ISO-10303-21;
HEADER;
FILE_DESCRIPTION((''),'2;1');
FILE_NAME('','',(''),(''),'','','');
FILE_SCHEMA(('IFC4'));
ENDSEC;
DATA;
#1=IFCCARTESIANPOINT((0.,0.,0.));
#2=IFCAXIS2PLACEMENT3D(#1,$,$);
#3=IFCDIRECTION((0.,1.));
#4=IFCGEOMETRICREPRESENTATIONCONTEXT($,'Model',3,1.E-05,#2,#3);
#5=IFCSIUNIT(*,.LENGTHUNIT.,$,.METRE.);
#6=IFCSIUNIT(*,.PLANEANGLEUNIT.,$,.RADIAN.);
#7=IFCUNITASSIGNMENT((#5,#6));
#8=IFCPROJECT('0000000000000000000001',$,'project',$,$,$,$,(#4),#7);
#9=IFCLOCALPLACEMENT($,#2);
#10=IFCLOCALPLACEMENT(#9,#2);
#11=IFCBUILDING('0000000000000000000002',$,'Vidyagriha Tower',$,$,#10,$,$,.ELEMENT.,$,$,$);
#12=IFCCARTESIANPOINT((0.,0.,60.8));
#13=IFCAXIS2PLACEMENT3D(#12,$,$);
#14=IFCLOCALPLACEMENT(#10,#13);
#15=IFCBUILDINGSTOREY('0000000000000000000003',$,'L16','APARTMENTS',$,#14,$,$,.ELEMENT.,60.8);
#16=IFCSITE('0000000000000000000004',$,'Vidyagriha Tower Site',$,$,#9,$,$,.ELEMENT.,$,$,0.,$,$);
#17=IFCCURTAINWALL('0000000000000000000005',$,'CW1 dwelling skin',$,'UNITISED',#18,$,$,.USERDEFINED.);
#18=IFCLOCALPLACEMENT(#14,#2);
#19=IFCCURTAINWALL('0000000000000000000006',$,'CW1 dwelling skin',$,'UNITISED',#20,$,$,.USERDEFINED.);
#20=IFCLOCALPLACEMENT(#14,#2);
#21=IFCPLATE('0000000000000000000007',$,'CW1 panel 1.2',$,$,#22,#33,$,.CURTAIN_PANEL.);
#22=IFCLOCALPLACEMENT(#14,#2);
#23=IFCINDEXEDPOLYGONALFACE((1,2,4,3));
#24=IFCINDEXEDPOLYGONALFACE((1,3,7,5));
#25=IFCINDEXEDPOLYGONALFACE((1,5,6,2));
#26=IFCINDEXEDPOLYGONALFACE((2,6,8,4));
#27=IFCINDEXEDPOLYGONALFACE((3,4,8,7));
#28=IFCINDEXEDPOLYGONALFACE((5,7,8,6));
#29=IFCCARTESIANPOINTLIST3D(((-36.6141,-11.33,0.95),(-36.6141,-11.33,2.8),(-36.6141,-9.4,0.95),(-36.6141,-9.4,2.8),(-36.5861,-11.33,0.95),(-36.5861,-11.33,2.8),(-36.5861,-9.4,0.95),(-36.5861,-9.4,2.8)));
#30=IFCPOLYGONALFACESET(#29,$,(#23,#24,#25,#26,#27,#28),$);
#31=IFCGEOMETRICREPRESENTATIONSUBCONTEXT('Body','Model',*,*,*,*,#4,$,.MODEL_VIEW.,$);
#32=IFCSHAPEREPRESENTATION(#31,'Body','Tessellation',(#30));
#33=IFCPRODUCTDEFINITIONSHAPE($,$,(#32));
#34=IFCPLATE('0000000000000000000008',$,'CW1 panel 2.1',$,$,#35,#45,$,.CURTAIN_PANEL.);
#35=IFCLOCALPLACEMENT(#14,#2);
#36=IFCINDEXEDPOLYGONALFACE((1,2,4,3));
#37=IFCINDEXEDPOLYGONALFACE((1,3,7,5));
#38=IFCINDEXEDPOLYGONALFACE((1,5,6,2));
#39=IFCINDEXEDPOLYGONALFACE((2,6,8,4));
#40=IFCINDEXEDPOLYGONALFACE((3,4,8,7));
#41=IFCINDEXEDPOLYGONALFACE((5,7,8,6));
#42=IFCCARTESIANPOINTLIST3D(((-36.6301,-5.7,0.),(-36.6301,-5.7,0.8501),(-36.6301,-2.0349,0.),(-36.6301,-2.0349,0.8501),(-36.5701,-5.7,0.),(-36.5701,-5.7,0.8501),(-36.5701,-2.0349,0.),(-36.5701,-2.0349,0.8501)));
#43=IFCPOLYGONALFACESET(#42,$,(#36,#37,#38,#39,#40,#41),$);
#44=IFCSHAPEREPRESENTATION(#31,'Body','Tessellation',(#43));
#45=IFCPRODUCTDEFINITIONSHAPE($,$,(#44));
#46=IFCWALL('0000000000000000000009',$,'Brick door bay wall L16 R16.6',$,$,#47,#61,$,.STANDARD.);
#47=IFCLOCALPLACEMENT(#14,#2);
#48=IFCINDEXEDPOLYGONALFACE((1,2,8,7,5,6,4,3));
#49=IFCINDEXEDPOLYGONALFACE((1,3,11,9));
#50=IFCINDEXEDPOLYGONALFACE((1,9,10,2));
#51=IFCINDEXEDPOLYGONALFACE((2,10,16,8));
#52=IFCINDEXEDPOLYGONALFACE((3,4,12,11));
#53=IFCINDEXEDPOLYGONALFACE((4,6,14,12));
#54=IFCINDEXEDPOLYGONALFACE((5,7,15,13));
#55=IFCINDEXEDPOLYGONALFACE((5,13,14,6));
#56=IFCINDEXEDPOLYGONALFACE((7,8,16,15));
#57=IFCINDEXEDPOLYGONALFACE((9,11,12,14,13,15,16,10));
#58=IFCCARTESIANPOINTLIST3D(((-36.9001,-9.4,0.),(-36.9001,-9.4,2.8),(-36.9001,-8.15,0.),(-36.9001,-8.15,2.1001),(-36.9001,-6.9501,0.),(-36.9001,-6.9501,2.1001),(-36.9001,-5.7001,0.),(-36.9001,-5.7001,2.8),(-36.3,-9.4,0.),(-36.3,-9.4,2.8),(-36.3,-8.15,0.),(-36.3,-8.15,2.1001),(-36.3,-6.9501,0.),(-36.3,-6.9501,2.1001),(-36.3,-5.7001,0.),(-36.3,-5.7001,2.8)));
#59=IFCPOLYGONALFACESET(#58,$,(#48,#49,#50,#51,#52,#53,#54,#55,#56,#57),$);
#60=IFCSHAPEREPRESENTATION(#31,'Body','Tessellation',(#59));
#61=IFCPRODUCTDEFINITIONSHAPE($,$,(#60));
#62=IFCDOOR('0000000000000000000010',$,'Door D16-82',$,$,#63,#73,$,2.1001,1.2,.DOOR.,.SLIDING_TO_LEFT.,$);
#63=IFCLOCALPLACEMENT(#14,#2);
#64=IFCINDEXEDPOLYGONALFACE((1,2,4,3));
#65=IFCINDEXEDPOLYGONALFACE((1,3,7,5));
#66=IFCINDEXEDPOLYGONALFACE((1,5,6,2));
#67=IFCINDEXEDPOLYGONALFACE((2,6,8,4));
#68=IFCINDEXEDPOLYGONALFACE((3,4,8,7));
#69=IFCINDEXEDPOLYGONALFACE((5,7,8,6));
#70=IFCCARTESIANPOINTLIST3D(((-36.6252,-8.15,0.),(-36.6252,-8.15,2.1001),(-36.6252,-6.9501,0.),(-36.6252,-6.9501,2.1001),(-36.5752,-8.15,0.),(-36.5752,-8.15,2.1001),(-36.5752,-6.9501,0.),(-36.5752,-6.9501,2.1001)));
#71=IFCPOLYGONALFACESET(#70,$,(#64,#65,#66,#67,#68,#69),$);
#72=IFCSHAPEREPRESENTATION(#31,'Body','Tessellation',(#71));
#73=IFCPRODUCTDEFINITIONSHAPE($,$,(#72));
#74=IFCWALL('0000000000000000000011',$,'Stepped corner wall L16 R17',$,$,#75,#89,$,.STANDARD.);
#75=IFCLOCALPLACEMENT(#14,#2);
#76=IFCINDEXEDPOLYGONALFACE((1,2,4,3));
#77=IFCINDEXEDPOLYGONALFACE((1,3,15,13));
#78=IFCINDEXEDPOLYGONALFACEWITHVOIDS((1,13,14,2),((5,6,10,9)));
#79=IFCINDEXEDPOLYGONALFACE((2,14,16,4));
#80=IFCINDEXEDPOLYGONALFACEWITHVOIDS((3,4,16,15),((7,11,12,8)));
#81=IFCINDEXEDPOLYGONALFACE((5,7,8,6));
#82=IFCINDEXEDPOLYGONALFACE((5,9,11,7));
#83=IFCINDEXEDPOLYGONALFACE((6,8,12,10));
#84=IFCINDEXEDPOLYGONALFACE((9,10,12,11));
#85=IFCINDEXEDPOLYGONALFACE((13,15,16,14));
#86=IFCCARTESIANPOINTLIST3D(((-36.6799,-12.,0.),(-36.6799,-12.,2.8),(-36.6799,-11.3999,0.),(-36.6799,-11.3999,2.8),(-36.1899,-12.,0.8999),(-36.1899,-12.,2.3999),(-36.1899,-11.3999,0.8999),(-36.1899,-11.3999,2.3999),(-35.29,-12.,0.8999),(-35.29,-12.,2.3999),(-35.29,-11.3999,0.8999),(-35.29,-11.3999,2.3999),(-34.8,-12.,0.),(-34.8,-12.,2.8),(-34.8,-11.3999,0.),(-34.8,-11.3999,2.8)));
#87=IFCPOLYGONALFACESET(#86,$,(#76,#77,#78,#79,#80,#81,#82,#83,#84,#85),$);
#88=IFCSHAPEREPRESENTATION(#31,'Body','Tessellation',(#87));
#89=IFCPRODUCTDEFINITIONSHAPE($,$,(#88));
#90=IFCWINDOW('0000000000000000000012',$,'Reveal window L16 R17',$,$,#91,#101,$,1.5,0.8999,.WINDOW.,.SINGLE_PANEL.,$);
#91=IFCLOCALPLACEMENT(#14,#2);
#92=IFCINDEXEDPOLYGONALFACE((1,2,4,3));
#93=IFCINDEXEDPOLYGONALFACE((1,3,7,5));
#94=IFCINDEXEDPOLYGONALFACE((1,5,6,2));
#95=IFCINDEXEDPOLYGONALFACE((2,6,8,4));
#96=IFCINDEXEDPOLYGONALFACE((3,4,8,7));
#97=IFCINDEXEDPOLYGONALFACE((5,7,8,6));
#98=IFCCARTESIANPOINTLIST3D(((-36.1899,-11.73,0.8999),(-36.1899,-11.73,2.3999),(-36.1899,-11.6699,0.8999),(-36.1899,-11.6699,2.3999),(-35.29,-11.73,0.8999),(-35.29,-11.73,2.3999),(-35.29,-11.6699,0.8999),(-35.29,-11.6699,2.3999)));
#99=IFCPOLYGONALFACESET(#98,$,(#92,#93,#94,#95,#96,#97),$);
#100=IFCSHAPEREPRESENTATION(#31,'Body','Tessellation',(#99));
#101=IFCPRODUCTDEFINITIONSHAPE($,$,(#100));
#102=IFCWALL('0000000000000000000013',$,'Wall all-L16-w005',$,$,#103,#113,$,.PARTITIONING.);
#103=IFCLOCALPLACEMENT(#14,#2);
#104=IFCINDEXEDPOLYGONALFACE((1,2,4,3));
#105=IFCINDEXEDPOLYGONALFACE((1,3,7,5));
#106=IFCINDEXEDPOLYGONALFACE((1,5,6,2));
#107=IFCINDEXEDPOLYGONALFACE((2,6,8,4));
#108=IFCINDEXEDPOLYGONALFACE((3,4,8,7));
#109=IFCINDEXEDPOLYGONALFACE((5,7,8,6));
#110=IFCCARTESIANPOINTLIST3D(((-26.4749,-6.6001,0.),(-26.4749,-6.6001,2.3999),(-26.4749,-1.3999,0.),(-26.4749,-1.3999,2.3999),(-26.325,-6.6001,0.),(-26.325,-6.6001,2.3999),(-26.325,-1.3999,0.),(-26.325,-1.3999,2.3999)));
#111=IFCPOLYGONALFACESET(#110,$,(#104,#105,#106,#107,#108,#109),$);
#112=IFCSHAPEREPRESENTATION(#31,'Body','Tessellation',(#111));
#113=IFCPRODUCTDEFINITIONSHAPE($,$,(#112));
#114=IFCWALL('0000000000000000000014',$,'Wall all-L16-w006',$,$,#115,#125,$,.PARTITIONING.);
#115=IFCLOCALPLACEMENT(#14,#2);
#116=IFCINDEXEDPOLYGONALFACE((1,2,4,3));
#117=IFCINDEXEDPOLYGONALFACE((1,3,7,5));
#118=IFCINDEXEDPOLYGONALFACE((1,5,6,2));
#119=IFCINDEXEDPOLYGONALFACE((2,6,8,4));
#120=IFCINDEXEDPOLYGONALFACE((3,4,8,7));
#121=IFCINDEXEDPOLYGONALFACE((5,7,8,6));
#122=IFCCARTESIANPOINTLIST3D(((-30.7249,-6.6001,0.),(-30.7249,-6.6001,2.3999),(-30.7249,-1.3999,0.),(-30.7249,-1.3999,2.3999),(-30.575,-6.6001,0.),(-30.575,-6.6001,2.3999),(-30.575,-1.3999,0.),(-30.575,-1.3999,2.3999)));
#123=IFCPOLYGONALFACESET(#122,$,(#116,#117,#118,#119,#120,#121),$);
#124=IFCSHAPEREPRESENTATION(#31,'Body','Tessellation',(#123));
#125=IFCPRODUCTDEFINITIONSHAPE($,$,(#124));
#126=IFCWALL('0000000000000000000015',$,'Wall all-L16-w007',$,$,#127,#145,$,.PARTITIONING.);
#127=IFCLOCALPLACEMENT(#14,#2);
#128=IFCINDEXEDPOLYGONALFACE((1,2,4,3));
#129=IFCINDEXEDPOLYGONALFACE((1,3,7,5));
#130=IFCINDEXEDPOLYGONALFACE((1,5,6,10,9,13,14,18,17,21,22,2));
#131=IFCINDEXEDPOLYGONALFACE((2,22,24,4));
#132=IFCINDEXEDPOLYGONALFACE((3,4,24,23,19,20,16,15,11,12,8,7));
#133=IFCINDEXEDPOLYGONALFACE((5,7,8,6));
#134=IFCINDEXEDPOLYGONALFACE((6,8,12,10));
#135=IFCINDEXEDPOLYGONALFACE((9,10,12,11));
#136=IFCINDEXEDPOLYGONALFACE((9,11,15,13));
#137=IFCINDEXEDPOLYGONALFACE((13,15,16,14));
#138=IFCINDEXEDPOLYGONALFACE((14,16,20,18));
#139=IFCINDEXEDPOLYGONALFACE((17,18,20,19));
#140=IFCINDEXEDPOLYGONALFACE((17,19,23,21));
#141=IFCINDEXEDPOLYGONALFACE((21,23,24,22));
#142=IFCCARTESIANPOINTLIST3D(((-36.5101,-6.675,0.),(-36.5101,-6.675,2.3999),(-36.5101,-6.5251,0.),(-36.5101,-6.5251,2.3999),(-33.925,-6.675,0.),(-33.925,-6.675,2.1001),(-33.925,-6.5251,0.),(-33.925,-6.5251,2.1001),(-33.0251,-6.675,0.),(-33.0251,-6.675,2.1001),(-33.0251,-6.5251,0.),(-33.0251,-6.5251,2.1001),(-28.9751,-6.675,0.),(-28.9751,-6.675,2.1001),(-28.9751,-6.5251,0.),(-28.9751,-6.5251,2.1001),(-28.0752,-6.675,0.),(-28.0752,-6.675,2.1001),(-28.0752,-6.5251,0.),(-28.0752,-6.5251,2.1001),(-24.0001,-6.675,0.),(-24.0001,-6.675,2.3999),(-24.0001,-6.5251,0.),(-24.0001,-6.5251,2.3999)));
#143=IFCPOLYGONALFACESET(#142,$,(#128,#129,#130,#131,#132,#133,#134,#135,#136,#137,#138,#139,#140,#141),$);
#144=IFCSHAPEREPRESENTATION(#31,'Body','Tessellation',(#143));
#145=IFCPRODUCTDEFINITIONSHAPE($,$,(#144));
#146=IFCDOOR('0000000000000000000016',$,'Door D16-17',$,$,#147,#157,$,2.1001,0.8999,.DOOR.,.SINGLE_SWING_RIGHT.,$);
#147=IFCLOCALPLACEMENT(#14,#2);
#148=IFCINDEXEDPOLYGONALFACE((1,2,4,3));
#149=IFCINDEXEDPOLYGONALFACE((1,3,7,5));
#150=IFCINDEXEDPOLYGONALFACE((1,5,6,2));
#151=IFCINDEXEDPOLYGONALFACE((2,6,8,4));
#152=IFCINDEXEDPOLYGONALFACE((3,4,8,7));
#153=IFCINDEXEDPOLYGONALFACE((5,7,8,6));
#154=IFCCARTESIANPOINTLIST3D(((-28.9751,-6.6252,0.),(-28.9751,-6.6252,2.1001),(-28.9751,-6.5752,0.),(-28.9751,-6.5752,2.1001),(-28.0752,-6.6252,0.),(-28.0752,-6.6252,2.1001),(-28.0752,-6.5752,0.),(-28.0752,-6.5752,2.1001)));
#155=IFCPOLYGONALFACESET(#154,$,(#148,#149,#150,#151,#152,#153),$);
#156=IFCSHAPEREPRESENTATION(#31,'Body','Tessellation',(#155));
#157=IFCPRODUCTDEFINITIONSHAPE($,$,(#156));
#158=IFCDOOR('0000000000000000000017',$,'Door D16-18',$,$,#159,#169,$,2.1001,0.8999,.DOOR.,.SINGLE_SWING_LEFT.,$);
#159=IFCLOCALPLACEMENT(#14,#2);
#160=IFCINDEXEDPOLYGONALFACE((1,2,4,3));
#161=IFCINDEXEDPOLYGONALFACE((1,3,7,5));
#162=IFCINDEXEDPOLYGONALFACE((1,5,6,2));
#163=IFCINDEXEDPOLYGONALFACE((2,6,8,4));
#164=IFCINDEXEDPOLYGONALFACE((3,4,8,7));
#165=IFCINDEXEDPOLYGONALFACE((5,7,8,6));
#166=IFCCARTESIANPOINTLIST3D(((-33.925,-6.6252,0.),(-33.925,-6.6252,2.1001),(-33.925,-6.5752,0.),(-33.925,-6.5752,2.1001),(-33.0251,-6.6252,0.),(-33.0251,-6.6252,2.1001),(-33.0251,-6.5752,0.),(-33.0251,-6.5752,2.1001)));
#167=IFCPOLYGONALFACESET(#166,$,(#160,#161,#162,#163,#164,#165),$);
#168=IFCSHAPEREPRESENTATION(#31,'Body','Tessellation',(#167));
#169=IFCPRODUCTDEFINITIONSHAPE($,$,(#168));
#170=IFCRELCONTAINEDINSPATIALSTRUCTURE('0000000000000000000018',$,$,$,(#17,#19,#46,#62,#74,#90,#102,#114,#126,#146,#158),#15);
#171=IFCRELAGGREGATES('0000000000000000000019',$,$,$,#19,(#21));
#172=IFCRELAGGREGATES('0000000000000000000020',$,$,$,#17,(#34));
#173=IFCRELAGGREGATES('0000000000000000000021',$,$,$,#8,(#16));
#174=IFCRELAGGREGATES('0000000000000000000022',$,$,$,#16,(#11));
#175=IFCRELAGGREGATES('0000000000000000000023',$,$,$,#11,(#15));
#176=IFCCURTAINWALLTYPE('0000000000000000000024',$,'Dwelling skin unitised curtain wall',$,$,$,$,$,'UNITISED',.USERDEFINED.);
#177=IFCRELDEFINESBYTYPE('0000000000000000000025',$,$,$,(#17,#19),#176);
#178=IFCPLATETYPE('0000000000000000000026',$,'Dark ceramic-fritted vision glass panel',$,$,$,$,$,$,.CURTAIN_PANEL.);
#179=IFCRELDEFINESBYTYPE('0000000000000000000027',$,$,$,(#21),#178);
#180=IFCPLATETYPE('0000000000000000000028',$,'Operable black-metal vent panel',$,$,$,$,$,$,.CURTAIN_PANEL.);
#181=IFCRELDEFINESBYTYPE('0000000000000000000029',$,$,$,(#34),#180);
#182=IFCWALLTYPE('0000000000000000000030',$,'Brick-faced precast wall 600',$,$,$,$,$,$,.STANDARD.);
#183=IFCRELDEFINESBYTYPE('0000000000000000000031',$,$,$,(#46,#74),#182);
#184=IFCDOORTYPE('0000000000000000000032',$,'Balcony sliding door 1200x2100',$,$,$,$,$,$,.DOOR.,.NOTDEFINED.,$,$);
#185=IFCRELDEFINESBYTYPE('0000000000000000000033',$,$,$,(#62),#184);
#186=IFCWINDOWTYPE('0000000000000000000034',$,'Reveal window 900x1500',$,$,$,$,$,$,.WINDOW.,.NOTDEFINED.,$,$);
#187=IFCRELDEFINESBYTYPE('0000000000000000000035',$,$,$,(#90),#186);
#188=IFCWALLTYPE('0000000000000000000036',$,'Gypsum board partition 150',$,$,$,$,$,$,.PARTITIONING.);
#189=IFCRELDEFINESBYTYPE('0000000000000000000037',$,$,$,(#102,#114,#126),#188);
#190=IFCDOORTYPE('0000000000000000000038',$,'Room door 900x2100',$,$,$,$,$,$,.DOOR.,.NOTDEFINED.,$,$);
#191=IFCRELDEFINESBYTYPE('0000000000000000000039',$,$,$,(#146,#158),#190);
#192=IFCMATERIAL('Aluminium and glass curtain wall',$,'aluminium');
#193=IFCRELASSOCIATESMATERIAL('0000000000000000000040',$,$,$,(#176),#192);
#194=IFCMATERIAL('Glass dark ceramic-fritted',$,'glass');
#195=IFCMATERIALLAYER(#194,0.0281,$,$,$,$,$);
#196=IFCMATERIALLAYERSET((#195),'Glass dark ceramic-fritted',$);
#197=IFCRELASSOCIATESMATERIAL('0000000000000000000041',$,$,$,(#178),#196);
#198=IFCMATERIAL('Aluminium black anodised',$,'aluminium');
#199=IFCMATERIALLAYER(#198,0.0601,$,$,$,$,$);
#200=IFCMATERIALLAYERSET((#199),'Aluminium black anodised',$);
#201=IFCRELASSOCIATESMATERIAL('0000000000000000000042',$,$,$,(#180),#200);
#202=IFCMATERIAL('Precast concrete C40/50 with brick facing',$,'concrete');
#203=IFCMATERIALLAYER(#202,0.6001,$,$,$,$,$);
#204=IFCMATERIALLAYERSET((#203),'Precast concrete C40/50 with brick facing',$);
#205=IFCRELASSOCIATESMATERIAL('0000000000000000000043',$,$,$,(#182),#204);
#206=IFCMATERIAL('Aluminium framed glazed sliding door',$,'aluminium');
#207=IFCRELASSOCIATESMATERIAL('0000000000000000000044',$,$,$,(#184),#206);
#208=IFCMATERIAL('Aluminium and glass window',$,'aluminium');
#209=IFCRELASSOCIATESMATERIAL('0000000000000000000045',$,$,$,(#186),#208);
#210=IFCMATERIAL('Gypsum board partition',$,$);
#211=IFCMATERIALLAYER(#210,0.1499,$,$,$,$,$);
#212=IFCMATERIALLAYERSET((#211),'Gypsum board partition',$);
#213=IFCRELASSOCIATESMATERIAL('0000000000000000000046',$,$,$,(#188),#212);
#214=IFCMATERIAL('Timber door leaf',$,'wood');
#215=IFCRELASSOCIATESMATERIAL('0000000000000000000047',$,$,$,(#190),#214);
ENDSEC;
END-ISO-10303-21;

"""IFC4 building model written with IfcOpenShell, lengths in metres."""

from ifc_helpers import new_model, si_unit, direction, frame, frame_2d, origin, origin_2d, place, context, subcontext, project, spatial, rectangle, extrude, material, layer, layer_set, type_object, element, fill, aggregate, save


model = new_model("IFC4")

# Units and contexts
model_context = context("Model", 3, precision=1e-05, world=origin(), true_north=direction((0.0, 1.0)))
body_context = subcontext(model_context, "Body", "Model", "MODEL_VIEW")
ifc_project = project(units=[si_unit("LENGTHUNIT", "METRE"), si_unit("PLANEANGLEUNIT", "RADIAN")], contexts=[model_context])

# Site, building, storey
site_placement = place(None, origin())
site = spatial("IfcSite", under=ifc_project, at=site_placement, Name="Vidyagriha Tower Site", CompositionType="ELEMENT", RefElevation=0.0)
building_placement = place(site_placement, origin())
building = spatial("IfcBuilding", under=site, at=building_placement, Name="Vidyagriha Tower", CompositionType="ELEMENT")
storey_placement = place(building_placement, frame((0.0, 0.0, 60.8)))
storey = spatial("IfcBuildingStorey", under=building, at=storey_placement, Name="L16", Description="APARTMENTS", CompositionType="ELEMENT", Elevation=60.8)

# Curtain walls
ifc_material_1 = material(Name="Aluminium and glass curtain wall", Category="aluminium")
curtain_wall_type = type_object("IfcCurtainWallType", Name="Dwelling skin unitised curtain wall", ElementType="UNITISED", PredefinedType="USERDEFINED", material=ifc_material_1)
curtain_wall_1_placement = place(storey_placement, origin())
curtain_wall_1 = element("IfcCurtainWall", 1, at=curtain_wall_1_placement, inside=storey, type_object=curtain_wall_type, Name="CW1 dwelling skin", ObjectType="UNITISED", PredefinedType="USERDEFINED")
curtain_wall_2_placement = place(storey_placement, origin())
curtain_wall_2 = element("IfcCurtainWall", 2, at=curtain_wall_2_placement, inside=storey, type_object=curtain_wall_type, Name="CW1 dwelling skin", ObjectType="UNITISED", PredefinedType="USERDEFINED")

# Plates
ifc_material_2 = material(Name="Glass dark ceramic-fritted", Category="glass")
ifc_layer_1 = layer(ifc_material_2, 0.0281)
ifc_layer_set_1 = layer_set([ifc_layer_1], Name="Glass dark ceramic-fritted")
plate_type_1 = type_object("IfcPlateType", Name="Dark ceramic-fritted vision glass panel", PredefinedType="CURTAIN_PANEL", material=ifc_layer_set_1)
plate_1_placement = place(storey_placement, frame((-36.6001, -10.365, 0.95), z_axis=(0.0, 0.0, 1.0), x_axis=(0.0, -1.0, 0.0)))
plate_1 = element("IfcPlate", 3, at=plate_1_placement, type_object=plate_type_1, Name="CW1 panel 1.2", PredefinedType="CURTAIN_PANEL", context=body_context, shape_type="SweptSolid", body=[
    extrude(rectangle(XDim=1.9299, YDim=0.0281, at=origin_2d()), origin(), (0.0, 0.0, 1.0), 1.8501),
])
aggregate(curtain_wall_2, [plate_1])
ifc_material_3 = material(Name="Aluminium black anodised", Category="aluminium")
ifc_layer_2 = layer(ifc_material_3, 0.0601)
ifc_layer_set_2 = layer_set([ifc_layer_2], Name="Aluminium black anodised")
plate_type_2 = type_object("IfcPlateType", Name="Operable black-metal vent panel", PredefinedType="CURTAIN_PANEL", material=ifc_layer_set_2)
plate_2_placement = place(storey_placement, frame((-36.6001, -3.8674, 0.0), z_axis=(0.0, 0.0, 1.0), x_axis=(0.0, -1.0, 0.0)))
plate_2 = element("IfcPlate", 4, at=plate_2_placement, type_object=plate_type_2, Name="CW1 panel 2.1", PredefinedType="CURTAIN_PANEL", context=body_context, shape_type="SweptSolid", body=[
    extrude(rectangle(XDim=3.665, YDim=0.0601, at=origin_2d()), origin(), (0.0, 0.0, 1.0), 0.8501),
])
aggregate(curtain_wall_1, [plate_2])

# Wall, opening, door
ifc_material_4 = material(Name="Precast concrete C40/50 with brick facing", Category="concrete")
ifc_layer_3 = layer(ifc_material_4, 0.6001)
ifc_layer_set_3 = layer_set([ifc_layer_3], Name="Precast concrete C40/50 with brick facing")
wall_type_1 = type_object("IfcWallType", Name="Brick-faced precast wall 600", PredefinedType="STANDARD", material=ifc_layer_set_3)
wall_1_placement = place(storey_placement, frame((-36.6001, -5.7, 0.0), z_axis=(0.0, 0.0, 1.0), x_axis=(0.0, -1.0, 0.0)))
wall_1 = element("IfcWall", 5, at=wall_1_placement, inside=storey, type_object=wall_type_1, Name="Brick door bay wall L16 R16.6", PredefinedType="STANDARD", context=body_context, shape_type="SweptSolid", body=[
    extrude(rectangle(XDim=3.7, YDim=0.6001, at=frame_2d((1.8501, 0.0))), origin(), (0.0, 0.0, 1.0), 2.8),
])
opening_1_placement = place(wall_1_placement, frame((1.25, 0.0, 0.0)))
opening_1 = element("IfcOpeningElement", 6, at=opening_1_placement, cuts=wall_1, PredefinedType="OPENING", context=body_context, shape_type="SweptSolid", body=[
    extrude(rectangle(XDim=1.2, YDim=2.1001, at=frame_2d((0.6001, 1.05))), frame((0.0, 0.3101, 0.0), z_axis=(0.0, -1.0, 0.0), x_axis=(1.0, 0.0, 0.0)), (0.0, 0.0, 1.0), 0.6201),
])
ifc_material_5 = material(Name="Aluminium framed glazed sliding door", Category="aluminium")
door_type_1 = type_object("IfcDoorType", Name="Balcony sliding door 1200x2100", OperationType="NOTDEFINED", PredefinedType="DOOR", material=ifc_material_5)
door_1_placement = place(opening_1_placement, origin())
door_1 = element("IfcDoor", 7, at=door_1_placement, inside=storey, type_object=door_type_1, Name="Door D16-82", OperationType="SLIDING_TO_LEFT", OverallHeight=2.1001, OverallWidth=1.2, PredefinedType="DOOR", context=body_context, shape_type="SweptSolid", body=[
    extrude(rectangle(XDim=1.2, YDim=2.1001, at=frame_2d((0.6001, 1.05))), frame((0.0, 0.0249, 0.0), z_axis=(0.0, -1.0, 0.0), x_axis=(1.0, 0.0, 0.0)), (0.0, 0.0, 1.0), 0.05),
])
fill(opening_1, door_1)

# Wall, opening, window
wall_2_placement = place(storey_placement, frame((-36.6799, -11.7, 0.0)))
wall_2 = element("IfcWall", 8, at=wall_2_placement, inside=storey, type_object=wall_type_1, Name="Stepped corner wall L16 R17", PredefinedType="STANDARD", context=body_context, shape_type="SweptSolid", body=[
    extrude(rectangle(XDim=1.8799, YDim=0.6001, at=frame_2d((0.9399, 0.0))), origin(), (0.0, 0.0, 1.0), 2.8),
])
opening_2_placement = place(wall_2_placement, frame((0.49, 0.0, 0.8999)))
opening_2 = element("IfcOpeningElement", 9, at=opening_2_placement, cuts=wall_2, PredefinedType="OPENING", context=body_context, shape_type="SweptSolid", body=[
    extrude(rectangle(XDim=0.8999, YDim=1.5, at=frame_2d((0.45, 0.75))), frame((0.0, 0.3101, 0.0), z_axis=(0.0, -1.0, 0.0), x_axis=(1.0, 0.0, 0.0)), (0.0, 0.0, 1.0), 0.6201),
])
ifc_material_6 = material(Name="Aluminium and glass window", Category="aluminium")
window_type = type_object("IfcWindowType", Name="Reveal window 900x1500", PartitioningType="NOTDEFINED", PredefinedType="WINDOW", material=ifc_material_6)
window_placement = place(opening_2_placement, origin())
window = element("IfcWindow", 10, at=window_placement, inside=storey, type_object=window_type, Name="Reveal window L16 R17", OverallHeight=1.5, OverallWidth=0.8999, PartitioningType="SINGLE_PANEL", PredefinedType="WINDOW", context=body_context, shape_type="SweptSolid", body=[
    extrude(rectangle(XDim=0.8999, YDim=1.5, at=frame_2d((0.45, 0.75))), frame((0.0, 0.03, 0.0), z_axis=(0.0, -1.0, 0.0), x_axis=(1.0, 0.0, 0.0)), (0.0, 0.0, 1.0), 0.0601),
])
fill(opening_2, window)

# Walls
ifc_material_7 = material(Name="Gypsum board partition")
ifc_layer_4 = layer(ifc_material_7, 0.1499)
ifc_layer_set_4 = layer_set([ifc_layer_4], Name="Gypsum board partition")
wall_type_2 = type_object("IfcWallType", Name="Gypsum board partition 150", PredefinedType="PARTITIONING", material=ifc_layer_set_4)
for number, where, z_axis, x_axis, name in (
    (11, (-26.3999, -6.6001, 0.0), (0.0, 0.0, 1.0), (0.0, 1.0, 0.0), "Wall all-L16-w005"),
    (12, (-30.6499, -6.6001, 0.0), (0.0, 0.0, 1.0), (0.0, 1.0, 0.0), "Wall all-L16-w006"),
):
    element("IfcWall", number, at=place(storey_placement, frame(where, z_axis=z_axis, x_axis=x_axis)), inside=storey, type_object=wall_type_2, Name=name, PredefinedType="PARTITIONING", context=body_context, shape_type="SweptSolid", body=[
        extrude(rectangle(XDim=5.2002, YDim=0.1499, at=frame_2d((2.6001, 0.0))), origin(), (0.0, 0.0, 1.0), 2.3999),
    ])

# Wall, openings, doors
wall_3_placement = place(storey_placement, frame((-36.51, -6.6001, 0.0)))
wall_3 = element("IfcWall", 13, at=wall_3_placement, inside=storey, type_object=wall_type_2, Name="Wall all-L16-w007", PredefinedType="PARTITIONING", context=body_context, shape_type="SweptSolid", body=[
    extrude(rectangle(XDim=12.51, YDim=0.1499, at=frame_2d((6.2549, 0.0))), origin(), (0.0, 0.0, 1.0), 2.3999),
])
opening_3_placement = place(wall_3_placement, frame((7.5349, 0.0, 0.0)))
opening_3 = element("IfcOpeningElement", 14, at=opening_3_placement, cuts=wall_3, PredefinedType="OPENING", context=body_context, shape_type="SweptSolid", body=[
    extrude(rectangle(XDim=0.8999, YDim=2.1001, at=frame_2d((0.45, 1.05))), frame((0.0, 0.085, 0.0), z_axis=(0.0, -1.0, 0.0), x_axis=(1.0, 0.0, 0.0)), (0.0, 0.0, 1.0), 0.1699),
])
opening_4_placement = place(wall_3_placement, frame((2.585, 0.0, 0.0)))
opening_4 = element("IfcOpeningElement", 15, at=opening_4_placement, cuts=wall_3, PredefinedType="OPENING", context=body_context, shape_type="SweptSolid", body=[
    extrude(rectangle(XDim=0.8999, YDim=2.1001, at=frame_2d((0.45, 1.05))), frame((0.0, 0.085, 0.0), z_axis=(0.0, -1.0, 0.0), x_axis=(1.0, 0.0, 0.0)), (0.0, 0.0, 1.0), 0.1699),
])
ifc_material_8 = material(Name="Timber door leaf", Category="wood")
door_type_2 = type_object("IfcDoorType", Name="Room door 900x2100", OperationType="NOTDEFINED", PredefinedType="DOOR", material=ifc_material_8)
door_2_placement = place(opening_3_placement, origin())
door_2 = element("IfcDoor", 16, at=door_2_placement, inside=storey, type_object=door_type_2, Name="Door D16-17", OperationType="SINGLE_SWING_RIGHT", OverallHeight=2.1001, OverallWidth=0.8999, PredefinedType="DOOR", context=body_context, shape_type="SweptSolid", body=[
    extrude(rectangle(XDim=0.8999, YDim=2.1001, at=frame_2d((0.45, 1.05))), frame((0.0, 0.0249, 0.0), z_axis=(0.0, -1.0, 0.0), x_axis=(1.0, 0.0, 0.0)), (0.0, 0.0, 1.0), 0.05),
])
fill(opening_3, door_2)
door_3_placement = place(opening_4_placement, origin())
door_3 = element("IfcDoor", 17, at=door_3_placement, inside=storey, type_object=door_type_2, Name="Door D16-18", OperationType="SINGLE_SWING_LEFT", OverallHeight=2.1001, OverallWidth=0.8999, PredefinedType="DOOR", context=body_context, shape_type="SweptSolid", body=[
    extrude(rectangle(XDim=0.8999, YDim=2.1001, at=frame_2d((0.45, 1.05))), frame((0.0, 0.0249, 0.0), z_axis=(0.0, -1.0, 0.0), x_axis=(1.0, 0.0, 0.0)), (0.0, 0.0, 1.0), 0.05),
])
fill(opening_4, door_3)

save(model, "model.ifc")
